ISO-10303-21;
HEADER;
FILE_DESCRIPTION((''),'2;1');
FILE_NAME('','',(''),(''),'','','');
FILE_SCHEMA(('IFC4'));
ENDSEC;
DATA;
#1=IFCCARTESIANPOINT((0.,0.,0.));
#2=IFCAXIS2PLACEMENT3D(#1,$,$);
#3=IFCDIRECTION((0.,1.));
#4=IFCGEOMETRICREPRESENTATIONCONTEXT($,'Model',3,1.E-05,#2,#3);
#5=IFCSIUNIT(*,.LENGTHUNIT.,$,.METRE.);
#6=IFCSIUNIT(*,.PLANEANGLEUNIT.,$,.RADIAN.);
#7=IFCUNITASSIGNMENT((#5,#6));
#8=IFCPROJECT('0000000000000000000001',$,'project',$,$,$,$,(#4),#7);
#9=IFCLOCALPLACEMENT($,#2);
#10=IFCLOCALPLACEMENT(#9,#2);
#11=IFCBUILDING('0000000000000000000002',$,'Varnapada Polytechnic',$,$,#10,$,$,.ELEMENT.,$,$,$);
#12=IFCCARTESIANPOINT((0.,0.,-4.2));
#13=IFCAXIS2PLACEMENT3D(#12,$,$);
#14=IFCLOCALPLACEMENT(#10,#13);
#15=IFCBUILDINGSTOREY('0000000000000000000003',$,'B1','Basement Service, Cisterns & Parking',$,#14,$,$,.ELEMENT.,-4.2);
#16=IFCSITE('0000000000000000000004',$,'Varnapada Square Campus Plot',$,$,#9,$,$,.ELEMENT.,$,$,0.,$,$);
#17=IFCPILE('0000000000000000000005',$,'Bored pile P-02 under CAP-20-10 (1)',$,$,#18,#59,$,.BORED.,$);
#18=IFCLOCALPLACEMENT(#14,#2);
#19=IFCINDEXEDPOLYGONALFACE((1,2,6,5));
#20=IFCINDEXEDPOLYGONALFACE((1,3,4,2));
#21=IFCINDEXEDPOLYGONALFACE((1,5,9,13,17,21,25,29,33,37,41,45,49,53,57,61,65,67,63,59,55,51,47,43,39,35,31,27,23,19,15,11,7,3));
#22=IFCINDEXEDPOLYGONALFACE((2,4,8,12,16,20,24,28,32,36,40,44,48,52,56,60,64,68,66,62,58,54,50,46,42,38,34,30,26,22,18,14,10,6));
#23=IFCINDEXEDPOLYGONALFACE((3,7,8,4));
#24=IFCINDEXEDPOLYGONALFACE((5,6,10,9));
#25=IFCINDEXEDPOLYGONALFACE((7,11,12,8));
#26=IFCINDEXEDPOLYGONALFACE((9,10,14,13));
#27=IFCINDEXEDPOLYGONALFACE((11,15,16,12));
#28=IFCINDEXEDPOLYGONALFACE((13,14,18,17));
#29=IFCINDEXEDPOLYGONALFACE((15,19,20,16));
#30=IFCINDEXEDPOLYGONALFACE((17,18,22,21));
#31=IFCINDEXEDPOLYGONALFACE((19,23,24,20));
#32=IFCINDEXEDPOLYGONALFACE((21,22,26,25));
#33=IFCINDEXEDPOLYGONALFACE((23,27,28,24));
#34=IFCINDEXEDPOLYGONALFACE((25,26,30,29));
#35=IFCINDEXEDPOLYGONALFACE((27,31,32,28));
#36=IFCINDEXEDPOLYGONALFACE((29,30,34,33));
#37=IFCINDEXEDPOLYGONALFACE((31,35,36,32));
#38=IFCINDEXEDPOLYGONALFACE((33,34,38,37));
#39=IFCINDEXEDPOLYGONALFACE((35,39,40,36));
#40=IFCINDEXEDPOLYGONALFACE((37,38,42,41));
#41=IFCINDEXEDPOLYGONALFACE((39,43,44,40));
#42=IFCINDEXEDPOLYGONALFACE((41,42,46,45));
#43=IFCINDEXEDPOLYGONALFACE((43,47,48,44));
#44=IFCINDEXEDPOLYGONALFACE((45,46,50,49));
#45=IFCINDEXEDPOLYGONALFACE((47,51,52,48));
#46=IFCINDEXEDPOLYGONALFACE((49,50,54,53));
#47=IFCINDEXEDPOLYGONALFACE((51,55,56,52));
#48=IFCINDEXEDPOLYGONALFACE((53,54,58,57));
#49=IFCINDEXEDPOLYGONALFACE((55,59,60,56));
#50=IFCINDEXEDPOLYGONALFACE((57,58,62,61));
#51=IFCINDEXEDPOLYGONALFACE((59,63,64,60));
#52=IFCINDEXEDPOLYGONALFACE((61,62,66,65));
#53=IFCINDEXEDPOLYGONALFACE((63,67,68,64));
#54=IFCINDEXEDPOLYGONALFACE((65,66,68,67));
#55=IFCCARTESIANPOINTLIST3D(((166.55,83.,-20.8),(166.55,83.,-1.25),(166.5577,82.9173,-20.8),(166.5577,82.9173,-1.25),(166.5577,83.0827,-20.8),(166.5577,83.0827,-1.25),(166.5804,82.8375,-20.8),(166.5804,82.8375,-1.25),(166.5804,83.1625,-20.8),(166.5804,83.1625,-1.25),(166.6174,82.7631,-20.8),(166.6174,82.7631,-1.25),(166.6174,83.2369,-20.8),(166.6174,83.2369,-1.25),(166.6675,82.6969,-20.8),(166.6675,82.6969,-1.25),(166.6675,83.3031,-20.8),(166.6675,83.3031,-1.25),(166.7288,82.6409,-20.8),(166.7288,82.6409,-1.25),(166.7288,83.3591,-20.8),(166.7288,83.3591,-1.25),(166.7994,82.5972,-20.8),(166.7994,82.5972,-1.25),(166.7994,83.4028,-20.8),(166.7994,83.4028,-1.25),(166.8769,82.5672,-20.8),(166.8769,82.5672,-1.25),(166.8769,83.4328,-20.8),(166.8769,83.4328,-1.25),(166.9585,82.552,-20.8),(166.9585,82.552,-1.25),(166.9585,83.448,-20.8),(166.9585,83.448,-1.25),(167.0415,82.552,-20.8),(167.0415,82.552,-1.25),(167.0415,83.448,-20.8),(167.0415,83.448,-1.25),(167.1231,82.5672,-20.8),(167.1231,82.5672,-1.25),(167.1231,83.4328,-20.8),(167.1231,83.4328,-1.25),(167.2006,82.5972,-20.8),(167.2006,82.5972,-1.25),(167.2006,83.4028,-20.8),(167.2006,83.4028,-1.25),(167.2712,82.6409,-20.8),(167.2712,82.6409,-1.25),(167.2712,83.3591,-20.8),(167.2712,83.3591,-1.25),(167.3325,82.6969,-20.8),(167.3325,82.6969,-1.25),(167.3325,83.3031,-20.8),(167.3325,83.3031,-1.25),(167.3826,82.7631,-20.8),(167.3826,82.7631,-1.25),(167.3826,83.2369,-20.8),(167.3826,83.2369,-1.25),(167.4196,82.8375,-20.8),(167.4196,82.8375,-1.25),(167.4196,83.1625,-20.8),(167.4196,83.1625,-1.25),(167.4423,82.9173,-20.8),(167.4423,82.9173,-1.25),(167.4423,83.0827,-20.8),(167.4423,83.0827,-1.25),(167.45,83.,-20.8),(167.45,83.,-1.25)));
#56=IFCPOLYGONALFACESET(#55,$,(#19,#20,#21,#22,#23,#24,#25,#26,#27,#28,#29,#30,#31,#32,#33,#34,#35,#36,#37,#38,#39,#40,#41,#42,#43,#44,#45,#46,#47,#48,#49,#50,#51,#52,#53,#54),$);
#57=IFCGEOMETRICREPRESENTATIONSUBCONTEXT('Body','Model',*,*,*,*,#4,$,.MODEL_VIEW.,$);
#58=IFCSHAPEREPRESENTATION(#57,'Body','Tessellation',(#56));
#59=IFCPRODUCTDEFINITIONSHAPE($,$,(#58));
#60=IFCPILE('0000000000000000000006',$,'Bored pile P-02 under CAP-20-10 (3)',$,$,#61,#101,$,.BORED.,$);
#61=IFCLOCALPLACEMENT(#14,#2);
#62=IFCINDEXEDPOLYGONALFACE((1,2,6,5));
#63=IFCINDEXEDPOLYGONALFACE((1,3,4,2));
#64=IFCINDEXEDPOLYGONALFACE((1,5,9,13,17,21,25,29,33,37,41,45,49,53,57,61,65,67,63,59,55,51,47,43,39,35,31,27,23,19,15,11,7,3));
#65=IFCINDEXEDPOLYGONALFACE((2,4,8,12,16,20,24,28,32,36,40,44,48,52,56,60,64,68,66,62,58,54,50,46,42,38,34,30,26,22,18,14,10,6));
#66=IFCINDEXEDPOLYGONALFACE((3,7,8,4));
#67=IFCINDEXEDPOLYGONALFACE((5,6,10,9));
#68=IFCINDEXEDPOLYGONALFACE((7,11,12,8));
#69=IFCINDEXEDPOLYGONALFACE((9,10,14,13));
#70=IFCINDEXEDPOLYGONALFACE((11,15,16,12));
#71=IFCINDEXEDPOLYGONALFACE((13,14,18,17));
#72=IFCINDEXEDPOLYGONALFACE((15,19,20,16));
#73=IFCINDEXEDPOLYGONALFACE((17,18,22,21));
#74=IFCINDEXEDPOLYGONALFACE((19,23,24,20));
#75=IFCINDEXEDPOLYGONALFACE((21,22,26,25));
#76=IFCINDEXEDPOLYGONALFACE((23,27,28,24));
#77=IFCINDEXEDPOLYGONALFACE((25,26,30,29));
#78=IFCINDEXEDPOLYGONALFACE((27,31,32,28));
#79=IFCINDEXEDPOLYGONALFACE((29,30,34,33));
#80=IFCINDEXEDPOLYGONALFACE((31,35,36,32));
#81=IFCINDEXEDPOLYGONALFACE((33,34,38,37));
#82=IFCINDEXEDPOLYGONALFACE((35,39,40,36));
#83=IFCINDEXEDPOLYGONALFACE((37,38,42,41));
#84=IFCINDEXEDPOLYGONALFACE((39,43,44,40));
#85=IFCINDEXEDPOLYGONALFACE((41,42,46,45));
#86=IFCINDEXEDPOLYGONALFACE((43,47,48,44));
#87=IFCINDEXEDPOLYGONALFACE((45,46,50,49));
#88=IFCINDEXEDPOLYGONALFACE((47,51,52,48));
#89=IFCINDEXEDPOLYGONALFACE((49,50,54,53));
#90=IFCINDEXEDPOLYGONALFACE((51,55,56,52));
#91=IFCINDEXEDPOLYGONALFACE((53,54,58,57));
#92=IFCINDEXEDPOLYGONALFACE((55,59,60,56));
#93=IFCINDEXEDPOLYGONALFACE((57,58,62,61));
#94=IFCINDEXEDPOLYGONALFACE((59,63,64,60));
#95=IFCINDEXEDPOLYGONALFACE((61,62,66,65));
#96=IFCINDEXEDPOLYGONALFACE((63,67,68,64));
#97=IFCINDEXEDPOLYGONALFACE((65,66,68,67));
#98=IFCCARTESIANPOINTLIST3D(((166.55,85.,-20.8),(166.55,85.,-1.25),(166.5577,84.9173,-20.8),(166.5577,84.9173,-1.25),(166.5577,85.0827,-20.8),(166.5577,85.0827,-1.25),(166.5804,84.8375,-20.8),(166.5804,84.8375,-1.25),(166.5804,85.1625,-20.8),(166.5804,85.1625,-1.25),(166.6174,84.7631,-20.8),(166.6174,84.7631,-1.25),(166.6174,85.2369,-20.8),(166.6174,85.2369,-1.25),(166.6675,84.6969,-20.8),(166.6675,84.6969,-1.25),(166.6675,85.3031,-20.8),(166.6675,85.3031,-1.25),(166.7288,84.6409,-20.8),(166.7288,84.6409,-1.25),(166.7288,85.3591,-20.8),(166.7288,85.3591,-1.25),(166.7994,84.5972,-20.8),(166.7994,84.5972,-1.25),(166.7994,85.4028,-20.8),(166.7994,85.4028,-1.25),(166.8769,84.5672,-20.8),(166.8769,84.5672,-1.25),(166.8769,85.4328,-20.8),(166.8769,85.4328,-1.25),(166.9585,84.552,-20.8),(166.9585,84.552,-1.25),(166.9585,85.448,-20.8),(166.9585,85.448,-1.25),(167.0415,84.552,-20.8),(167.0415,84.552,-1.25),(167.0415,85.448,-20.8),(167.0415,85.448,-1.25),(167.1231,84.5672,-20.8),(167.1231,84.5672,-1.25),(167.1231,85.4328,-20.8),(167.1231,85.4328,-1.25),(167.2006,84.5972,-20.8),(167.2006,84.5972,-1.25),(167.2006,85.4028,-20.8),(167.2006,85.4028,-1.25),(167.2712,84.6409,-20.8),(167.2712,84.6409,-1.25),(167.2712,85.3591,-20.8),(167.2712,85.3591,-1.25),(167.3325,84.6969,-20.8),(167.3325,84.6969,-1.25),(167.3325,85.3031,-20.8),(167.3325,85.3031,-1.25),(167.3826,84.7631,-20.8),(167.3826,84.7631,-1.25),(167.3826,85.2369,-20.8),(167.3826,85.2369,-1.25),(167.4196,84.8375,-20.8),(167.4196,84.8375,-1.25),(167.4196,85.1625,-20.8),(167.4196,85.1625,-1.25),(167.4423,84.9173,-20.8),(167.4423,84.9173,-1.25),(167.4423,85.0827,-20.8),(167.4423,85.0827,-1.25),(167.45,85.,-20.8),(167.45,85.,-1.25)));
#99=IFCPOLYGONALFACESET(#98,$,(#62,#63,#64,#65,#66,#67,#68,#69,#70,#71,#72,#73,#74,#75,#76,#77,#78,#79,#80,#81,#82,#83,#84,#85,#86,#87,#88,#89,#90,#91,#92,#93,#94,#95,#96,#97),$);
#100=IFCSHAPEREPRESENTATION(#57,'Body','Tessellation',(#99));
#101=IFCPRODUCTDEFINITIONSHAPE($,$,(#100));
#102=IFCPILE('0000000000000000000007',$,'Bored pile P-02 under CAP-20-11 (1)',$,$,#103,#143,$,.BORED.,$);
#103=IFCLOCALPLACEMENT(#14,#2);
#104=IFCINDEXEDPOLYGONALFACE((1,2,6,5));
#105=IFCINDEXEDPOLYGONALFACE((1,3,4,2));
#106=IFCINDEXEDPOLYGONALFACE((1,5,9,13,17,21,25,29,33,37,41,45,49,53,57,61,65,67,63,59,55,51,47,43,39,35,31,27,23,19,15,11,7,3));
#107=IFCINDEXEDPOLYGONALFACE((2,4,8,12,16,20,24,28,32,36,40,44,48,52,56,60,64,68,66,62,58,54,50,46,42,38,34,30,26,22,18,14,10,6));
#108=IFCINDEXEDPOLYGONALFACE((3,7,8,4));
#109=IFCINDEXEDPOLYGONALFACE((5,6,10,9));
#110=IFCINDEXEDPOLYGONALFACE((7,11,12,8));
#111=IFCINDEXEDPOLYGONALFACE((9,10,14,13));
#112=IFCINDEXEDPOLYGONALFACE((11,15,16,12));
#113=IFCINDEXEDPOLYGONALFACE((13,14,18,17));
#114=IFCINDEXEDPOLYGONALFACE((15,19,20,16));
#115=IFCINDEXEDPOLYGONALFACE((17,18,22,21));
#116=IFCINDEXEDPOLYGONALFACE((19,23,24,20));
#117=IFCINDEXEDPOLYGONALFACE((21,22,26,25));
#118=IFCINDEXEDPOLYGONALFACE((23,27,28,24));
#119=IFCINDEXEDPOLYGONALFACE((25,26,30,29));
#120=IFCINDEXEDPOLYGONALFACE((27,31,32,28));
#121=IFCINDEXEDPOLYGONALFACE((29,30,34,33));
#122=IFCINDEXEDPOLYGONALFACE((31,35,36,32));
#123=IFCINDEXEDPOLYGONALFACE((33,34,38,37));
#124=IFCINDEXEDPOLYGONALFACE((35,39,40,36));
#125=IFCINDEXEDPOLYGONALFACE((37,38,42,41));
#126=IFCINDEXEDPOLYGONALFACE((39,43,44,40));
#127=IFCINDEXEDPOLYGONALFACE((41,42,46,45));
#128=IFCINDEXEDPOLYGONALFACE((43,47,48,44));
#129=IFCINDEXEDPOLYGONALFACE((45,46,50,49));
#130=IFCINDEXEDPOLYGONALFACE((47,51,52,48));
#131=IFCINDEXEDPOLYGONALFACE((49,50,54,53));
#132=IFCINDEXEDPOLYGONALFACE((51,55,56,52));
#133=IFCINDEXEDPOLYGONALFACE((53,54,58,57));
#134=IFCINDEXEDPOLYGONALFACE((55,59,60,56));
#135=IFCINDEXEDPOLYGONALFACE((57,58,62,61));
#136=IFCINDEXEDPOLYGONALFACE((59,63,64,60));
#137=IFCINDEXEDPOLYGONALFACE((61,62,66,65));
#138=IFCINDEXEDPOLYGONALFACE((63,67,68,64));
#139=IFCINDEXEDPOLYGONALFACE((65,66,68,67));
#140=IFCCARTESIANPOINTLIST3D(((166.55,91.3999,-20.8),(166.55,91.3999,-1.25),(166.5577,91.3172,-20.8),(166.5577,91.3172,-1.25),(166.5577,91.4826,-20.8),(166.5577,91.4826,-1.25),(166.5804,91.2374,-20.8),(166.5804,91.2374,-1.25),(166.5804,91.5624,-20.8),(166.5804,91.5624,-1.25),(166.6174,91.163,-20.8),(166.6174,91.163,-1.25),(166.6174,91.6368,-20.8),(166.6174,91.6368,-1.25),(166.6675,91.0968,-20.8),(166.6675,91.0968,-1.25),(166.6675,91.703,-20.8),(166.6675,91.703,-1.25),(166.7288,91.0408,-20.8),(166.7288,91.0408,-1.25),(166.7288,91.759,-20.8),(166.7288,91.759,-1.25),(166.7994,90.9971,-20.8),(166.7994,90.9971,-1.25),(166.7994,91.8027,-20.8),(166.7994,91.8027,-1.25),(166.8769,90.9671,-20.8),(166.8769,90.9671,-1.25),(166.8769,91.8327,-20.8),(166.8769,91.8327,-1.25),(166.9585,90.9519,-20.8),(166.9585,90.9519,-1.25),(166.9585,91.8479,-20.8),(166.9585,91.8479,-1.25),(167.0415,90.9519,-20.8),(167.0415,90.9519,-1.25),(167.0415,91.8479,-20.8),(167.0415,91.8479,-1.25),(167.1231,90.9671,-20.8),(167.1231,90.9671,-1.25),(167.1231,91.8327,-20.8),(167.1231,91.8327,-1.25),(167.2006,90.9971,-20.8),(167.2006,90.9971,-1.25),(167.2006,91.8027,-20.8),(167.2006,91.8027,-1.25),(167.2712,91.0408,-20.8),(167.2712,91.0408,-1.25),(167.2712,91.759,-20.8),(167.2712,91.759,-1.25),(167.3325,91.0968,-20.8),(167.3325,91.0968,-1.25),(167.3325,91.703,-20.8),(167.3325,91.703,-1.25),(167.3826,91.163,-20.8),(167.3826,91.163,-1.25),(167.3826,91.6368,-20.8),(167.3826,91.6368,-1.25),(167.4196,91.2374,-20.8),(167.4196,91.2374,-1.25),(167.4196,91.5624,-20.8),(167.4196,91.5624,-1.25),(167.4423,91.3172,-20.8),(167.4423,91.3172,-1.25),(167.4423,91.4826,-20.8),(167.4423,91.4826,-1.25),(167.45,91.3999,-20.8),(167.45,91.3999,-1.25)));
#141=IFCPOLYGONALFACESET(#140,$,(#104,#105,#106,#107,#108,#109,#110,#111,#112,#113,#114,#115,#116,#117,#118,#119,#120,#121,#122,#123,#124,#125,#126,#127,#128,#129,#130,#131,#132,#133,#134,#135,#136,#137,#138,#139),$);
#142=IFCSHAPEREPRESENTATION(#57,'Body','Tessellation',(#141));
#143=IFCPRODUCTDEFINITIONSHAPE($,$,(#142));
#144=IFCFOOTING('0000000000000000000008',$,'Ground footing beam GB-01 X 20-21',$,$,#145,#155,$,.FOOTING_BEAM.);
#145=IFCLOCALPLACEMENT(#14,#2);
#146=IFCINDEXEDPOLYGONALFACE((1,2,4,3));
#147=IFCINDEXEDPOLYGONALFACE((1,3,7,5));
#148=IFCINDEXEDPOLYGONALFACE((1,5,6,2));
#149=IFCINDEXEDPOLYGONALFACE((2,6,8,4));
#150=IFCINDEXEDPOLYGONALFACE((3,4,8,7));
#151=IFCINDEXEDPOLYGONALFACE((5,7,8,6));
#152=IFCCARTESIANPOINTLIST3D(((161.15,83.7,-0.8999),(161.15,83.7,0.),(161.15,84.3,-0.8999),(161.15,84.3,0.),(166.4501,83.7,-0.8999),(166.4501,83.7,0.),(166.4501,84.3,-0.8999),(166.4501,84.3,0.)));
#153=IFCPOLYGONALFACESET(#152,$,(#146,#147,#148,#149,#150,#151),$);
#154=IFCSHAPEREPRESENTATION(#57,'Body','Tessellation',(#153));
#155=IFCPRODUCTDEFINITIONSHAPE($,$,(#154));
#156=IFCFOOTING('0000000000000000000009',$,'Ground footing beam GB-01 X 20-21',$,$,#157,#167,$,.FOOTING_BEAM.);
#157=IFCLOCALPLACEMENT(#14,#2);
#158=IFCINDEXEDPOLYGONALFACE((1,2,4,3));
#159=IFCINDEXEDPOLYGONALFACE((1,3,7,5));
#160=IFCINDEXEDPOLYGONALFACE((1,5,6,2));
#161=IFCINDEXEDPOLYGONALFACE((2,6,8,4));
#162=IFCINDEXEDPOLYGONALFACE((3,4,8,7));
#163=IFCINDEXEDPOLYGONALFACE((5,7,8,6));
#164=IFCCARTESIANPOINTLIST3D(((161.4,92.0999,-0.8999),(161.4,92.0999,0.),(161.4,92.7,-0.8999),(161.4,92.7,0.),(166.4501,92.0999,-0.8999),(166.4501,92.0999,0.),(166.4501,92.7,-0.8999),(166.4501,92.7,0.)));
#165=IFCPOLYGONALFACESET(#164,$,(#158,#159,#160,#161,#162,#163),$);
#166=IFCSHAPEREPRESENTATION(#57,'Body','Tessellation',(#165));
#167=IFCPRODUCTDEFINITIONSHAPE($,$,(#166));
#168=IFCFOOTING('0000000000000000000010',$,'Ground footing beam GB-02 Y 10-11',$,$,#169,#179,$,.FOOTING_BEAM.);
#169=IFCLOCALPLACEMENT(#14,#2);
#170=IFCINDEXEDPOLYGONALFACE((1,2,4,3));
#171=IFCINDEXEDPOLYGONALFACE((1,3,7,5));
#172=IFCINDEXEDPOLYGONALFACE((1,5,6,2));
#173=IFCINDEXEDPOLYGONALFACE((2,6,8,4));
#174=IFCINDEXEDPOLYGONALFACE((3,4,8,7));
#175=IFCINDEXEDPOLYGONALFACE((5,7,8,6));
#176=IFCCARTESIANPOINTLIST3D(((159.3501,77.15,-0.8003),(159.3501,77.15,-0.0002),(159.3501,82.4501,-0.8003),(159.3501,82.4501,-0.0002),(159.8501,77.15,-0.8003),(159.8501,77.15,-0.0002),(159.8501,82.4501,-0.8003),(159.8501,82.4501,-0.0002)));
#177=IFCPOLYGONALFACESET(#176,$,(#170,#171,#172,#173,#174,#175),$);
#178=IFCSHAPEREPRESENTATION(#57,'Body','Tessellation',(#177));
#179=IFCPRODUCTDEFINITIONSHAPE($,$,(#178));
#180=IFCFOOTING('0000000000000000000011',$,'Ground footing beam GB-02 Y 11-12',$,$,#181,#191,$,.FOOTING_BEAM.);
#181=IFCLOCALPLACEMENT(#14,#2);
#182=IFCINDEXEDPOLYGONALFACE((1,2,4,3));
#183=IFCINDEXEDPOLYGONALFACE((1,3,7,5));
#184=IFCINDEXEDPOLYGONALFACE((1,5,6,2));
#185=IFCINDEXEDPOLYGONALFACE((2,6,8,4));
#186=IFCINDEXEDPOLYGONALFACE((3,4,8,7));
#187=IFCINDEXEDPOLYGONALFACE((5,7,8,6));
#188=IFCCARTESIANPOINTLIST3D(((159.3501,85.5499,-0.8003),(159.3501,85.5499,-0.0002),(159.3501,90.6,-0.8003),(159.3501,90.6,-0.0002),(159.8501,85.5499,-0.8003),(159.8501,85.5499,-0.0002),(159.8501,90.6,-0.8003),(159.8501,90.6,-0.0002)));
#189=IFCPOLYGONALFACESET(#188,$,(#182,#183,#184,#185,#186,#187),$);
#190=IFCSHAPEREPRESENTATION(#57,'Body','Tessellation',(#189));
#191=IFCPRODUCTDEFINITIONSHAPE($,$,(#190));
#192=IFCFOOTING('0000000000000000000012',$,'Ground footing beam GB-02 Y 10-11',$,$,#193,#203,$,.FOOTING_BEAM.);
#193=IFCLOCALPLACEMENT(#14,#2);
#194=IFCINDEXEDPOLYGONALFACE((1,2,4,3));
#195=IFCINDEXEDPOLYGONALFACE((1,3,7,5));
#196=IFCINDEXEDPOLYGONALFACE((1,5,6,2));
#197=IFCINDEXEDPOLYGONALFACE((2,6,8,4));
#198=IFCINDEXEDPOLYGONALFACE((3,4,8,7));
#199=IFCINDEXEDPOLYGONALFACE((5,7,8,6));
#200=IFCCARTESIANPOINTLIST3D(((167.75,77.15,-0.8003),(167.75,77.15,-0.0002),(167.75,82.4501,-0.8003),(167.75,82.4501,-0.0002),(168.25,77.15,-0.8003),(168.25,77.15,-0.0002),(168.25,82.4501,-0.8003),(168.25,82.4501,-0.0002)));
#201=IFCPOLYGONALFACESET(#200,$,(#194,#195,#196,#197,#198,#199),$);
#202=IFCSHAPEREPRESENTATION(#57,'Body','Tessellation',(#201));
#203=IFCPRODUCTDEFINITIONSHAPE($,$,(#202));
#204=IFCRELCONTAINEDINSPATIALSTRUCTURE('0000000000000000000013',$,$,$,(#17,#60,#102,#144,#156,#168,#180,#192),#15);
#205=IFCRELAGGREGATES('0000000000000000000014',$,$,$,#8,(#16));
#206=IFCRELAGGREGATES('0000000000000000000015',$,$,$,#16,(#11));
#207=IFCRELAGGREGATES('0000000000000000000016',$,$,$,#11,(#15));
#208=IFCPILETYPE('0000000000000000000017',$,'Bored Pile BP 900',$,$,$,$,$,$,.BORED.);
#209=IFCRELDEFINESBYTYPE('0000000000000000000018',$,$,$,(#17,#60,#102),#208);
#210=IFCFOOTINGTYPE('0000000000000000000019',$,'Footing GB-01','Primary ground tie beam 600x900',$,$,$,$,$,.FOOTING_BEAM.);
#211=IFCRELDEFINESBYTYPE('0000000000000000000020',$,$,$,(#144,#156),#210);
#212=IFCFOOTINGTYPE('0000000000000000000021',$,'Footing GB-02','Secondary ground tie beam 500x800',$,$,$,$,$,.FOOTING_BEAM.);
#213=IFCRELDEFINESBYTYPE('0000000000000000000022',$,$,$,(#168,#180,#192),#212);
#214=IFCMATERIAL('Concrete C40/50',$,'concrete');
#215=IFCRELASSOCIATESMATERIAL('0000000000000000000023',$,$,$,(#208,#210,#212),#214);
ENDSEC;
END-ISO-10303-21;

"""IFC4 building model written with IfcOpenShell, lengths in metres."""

from ifc_helpers import new_model, si_unit, direction, frame, origin, origin_2d, place, context, subcontext, project, spatial, rectangle, circle, extrude, material, material_profile, profile_set, type_object, element, save


model = new_model("IFC4")

# Units and contexts
model_context = context("Model", 3, precision=1e-05, world=origin(), true_north=direction((0.0, 1.0)))
body_context = subcontext(model_context, "Body", "Model", "MODEL_VIEW")
ifc_project = project(units=[si_unit("LENGTHUNIT", "METRE"), si_unit("PLANEANGLEUNIT", "RADIAN")], contexts=[model_context])

# Site, building, storey
site_placement = place(None, origin())
site = spatial("IfcSite", under=ifc_project, at=site_placement, Name="Varnapada Square Campus Plot", CompositionType="ELEMENT", RefElevation=0.0)
building_placement = place(site_placement, origin())
building = spatial("IfcBuilding", under=site, at=building_placement, Name="Varnapada Polytechnic", CompositionType="ELEMENT")
storey_placement = place(building_placement, frame((0.0, 0.0, -4.2)))
storey = spatial("IfcBuildingStorey", under=building, at=storey_placement, Name="B1", Description="Basement Service, Cisterns & Parking", CompositionType="ELEMENT", Elevation=-4.2)

# Piles
ifc_material_1 = material(Name="Concrete C40/50", Category="concrete")
ifc_material_profile_1 = material_profile(ifc_material_1, circle(Radius=0.45, at=origin_2d()), Name="BP 900")
ifc_profile_set_1 = profile_set([ifc_material_profile_1], Name="Concrete C40/50")
pile_type_1 = type_object("IfcPileType", Name="Bored Pile BP 900", PredefinedType="BORED", material=ifc_profile_set_1)
for number, where, z_axis, x_axis, name in (
    (1, (167.0, 83.0, -1.25), (0.0, 0.0, -1.0), (1.0, 0.0, 0.0), "Bored pile P-02 under CAP-20-10 (1)"),
    (2, (167.0, 85.0, -1.25), (0.0, 0.0, -1.0), (1.0, 0.0, 0.0), "Bored pile P-02 under CAP-20-10 (3)"),
    (3, (167.0, 91.3999, -1.25), (0.0, 0.0, -1.0), (1.0, 0.0, 0.0), "Bored pile P-02 under CAP-20-11 (1)"),
):
    element("IfcPile", number, at=place(storey_placement, frame(where, z_axis=z_axis, x_axis=x_axis)), inside=storey, type_object=pile_type_1, Name=name, PredefinedType="BORED", context=body_context, shape_type="SweptSolid", body=[
        extrude(circle(Radius=0.45, at=origin_2d()), origin(), (0.0, 0.0, 1.0), 19.55),
    ])

# Footings
footing_type_1 = type_object("IfcFootingType", Name="Footing GB-01", Description="Primary ground tie beam 600x900", PredefinedType="FOOTING_BEAM", material=ifc_material_1)
footing_1_placement = place(storey_placement, frame((163.8, 84.0, -0.8999), z_axis=(0.0, 0.0, 1.0), x_axis=(1.0, 0.0, 0.0)))
element("IfcFooting", 4, at=footing_1_placement, inside=storey, type_object=footing_type_1, Name="Ground footing beam GB-01 X 20-21", PredefinedType="FOOTING_BEAM", context=body_context, shape_type="SweptSolid", body=[
    extrude(rectangle(XDim=5.3, YDim=0.6001, at=origin_2d()), origin(), (0.0, 0.0, 1.0), 0.8999),
])
footing_2_placement = place(storey_placement, frame((163.925, 92.3999, -0.8999), z_axis=(0.0, 0.0, 1.0), x_axis=(1.0, 0.0, 0.0)))
element("IfcFooting", 5, at=footing_2_placement, inside=storey, type_object=footing_type_1, Name="Ground footing beam GB-01 X 20-21", PredefinedType="FOOTING_BEAM", context=body_context, shape_type="SweptSolid", body=[
    extrude(rectangle(XDim=5.05, YDim=0.6001, at=origin_2d()), origin(), (0.0, 0.0, 1.0), 0.8999),
])
footing_type_2 = type_object("IfcFootingType", Name="Footing GB-02", Description="Secondary ground tie beam 500x800", PredefinedType="FOOTING_BEAM", material=ifc_material_1)
footing_3_placement = place(storey_placement, frame((159.6001, 79.8, -0.8003), z_axis=(0.0, 0.0, 1.0), x_axis=(0.0, 1.0, 0.0)))
element("IfcFooting", 6, at=footing_3_placement, inside=storey, type_object=footing_type_2, Name="Ground footing beam GB-02 Y 10-11", PredefinedType="FOOTING_BEAM", context=body_context, shape_type="SweptSolid", body=[
    extrude(rectangle(XDim=5.3, YDim=0.5, at=origin_2d()), origin(), (0.0, 0.0, 1.0), 0.8),
])
footing_4_placement = place(storey_placement, frame((159.6001, 88.075, -0.8003), z_axis=(0.0, 0.0, 1.0), x_axis=(0.0, 1.0, 0.0)))
element("IfcFooting", 7, at=footing_4_placement, inside=storey, type_object=footing_type_2, Name="Ground footing beam GB-02 Y 11-12", PredefinedType="FOOTING_BEAM", context=body_context, shape_type="SweptSolid", body=[
    extrude(rectangle(XDim=5.05, YDim=0.5, at=origin_2d()), origin(), (0.0, 0.0, 1.0), 0.8),
])
for number, where, z_axis, x_axis, name in (
    (8, (168.0, 79.8, -0.8003), (0.0, 0.0, 1.0), (0.0, 1.0, 0.0), "Ground footing beam GB-02 Y 10-11"),
):
    element("IfcFooting", number, at=place(storey_placement, frame(where, z_axis=z_axis, x_axis=x_axis)), inside=storey, type_object=footing_type_2, Name=name, PredefinedType="FOOTING_BEAM", context=body_context, shape_type="SweptSolid", body=[
        extrude(rectangle(XDim=5.3, YDim=0.5, at=origin_2d()), origin(), (0.0, 0.0, 1.0), 0.8),
    ])

save(model, "model.ifc")
